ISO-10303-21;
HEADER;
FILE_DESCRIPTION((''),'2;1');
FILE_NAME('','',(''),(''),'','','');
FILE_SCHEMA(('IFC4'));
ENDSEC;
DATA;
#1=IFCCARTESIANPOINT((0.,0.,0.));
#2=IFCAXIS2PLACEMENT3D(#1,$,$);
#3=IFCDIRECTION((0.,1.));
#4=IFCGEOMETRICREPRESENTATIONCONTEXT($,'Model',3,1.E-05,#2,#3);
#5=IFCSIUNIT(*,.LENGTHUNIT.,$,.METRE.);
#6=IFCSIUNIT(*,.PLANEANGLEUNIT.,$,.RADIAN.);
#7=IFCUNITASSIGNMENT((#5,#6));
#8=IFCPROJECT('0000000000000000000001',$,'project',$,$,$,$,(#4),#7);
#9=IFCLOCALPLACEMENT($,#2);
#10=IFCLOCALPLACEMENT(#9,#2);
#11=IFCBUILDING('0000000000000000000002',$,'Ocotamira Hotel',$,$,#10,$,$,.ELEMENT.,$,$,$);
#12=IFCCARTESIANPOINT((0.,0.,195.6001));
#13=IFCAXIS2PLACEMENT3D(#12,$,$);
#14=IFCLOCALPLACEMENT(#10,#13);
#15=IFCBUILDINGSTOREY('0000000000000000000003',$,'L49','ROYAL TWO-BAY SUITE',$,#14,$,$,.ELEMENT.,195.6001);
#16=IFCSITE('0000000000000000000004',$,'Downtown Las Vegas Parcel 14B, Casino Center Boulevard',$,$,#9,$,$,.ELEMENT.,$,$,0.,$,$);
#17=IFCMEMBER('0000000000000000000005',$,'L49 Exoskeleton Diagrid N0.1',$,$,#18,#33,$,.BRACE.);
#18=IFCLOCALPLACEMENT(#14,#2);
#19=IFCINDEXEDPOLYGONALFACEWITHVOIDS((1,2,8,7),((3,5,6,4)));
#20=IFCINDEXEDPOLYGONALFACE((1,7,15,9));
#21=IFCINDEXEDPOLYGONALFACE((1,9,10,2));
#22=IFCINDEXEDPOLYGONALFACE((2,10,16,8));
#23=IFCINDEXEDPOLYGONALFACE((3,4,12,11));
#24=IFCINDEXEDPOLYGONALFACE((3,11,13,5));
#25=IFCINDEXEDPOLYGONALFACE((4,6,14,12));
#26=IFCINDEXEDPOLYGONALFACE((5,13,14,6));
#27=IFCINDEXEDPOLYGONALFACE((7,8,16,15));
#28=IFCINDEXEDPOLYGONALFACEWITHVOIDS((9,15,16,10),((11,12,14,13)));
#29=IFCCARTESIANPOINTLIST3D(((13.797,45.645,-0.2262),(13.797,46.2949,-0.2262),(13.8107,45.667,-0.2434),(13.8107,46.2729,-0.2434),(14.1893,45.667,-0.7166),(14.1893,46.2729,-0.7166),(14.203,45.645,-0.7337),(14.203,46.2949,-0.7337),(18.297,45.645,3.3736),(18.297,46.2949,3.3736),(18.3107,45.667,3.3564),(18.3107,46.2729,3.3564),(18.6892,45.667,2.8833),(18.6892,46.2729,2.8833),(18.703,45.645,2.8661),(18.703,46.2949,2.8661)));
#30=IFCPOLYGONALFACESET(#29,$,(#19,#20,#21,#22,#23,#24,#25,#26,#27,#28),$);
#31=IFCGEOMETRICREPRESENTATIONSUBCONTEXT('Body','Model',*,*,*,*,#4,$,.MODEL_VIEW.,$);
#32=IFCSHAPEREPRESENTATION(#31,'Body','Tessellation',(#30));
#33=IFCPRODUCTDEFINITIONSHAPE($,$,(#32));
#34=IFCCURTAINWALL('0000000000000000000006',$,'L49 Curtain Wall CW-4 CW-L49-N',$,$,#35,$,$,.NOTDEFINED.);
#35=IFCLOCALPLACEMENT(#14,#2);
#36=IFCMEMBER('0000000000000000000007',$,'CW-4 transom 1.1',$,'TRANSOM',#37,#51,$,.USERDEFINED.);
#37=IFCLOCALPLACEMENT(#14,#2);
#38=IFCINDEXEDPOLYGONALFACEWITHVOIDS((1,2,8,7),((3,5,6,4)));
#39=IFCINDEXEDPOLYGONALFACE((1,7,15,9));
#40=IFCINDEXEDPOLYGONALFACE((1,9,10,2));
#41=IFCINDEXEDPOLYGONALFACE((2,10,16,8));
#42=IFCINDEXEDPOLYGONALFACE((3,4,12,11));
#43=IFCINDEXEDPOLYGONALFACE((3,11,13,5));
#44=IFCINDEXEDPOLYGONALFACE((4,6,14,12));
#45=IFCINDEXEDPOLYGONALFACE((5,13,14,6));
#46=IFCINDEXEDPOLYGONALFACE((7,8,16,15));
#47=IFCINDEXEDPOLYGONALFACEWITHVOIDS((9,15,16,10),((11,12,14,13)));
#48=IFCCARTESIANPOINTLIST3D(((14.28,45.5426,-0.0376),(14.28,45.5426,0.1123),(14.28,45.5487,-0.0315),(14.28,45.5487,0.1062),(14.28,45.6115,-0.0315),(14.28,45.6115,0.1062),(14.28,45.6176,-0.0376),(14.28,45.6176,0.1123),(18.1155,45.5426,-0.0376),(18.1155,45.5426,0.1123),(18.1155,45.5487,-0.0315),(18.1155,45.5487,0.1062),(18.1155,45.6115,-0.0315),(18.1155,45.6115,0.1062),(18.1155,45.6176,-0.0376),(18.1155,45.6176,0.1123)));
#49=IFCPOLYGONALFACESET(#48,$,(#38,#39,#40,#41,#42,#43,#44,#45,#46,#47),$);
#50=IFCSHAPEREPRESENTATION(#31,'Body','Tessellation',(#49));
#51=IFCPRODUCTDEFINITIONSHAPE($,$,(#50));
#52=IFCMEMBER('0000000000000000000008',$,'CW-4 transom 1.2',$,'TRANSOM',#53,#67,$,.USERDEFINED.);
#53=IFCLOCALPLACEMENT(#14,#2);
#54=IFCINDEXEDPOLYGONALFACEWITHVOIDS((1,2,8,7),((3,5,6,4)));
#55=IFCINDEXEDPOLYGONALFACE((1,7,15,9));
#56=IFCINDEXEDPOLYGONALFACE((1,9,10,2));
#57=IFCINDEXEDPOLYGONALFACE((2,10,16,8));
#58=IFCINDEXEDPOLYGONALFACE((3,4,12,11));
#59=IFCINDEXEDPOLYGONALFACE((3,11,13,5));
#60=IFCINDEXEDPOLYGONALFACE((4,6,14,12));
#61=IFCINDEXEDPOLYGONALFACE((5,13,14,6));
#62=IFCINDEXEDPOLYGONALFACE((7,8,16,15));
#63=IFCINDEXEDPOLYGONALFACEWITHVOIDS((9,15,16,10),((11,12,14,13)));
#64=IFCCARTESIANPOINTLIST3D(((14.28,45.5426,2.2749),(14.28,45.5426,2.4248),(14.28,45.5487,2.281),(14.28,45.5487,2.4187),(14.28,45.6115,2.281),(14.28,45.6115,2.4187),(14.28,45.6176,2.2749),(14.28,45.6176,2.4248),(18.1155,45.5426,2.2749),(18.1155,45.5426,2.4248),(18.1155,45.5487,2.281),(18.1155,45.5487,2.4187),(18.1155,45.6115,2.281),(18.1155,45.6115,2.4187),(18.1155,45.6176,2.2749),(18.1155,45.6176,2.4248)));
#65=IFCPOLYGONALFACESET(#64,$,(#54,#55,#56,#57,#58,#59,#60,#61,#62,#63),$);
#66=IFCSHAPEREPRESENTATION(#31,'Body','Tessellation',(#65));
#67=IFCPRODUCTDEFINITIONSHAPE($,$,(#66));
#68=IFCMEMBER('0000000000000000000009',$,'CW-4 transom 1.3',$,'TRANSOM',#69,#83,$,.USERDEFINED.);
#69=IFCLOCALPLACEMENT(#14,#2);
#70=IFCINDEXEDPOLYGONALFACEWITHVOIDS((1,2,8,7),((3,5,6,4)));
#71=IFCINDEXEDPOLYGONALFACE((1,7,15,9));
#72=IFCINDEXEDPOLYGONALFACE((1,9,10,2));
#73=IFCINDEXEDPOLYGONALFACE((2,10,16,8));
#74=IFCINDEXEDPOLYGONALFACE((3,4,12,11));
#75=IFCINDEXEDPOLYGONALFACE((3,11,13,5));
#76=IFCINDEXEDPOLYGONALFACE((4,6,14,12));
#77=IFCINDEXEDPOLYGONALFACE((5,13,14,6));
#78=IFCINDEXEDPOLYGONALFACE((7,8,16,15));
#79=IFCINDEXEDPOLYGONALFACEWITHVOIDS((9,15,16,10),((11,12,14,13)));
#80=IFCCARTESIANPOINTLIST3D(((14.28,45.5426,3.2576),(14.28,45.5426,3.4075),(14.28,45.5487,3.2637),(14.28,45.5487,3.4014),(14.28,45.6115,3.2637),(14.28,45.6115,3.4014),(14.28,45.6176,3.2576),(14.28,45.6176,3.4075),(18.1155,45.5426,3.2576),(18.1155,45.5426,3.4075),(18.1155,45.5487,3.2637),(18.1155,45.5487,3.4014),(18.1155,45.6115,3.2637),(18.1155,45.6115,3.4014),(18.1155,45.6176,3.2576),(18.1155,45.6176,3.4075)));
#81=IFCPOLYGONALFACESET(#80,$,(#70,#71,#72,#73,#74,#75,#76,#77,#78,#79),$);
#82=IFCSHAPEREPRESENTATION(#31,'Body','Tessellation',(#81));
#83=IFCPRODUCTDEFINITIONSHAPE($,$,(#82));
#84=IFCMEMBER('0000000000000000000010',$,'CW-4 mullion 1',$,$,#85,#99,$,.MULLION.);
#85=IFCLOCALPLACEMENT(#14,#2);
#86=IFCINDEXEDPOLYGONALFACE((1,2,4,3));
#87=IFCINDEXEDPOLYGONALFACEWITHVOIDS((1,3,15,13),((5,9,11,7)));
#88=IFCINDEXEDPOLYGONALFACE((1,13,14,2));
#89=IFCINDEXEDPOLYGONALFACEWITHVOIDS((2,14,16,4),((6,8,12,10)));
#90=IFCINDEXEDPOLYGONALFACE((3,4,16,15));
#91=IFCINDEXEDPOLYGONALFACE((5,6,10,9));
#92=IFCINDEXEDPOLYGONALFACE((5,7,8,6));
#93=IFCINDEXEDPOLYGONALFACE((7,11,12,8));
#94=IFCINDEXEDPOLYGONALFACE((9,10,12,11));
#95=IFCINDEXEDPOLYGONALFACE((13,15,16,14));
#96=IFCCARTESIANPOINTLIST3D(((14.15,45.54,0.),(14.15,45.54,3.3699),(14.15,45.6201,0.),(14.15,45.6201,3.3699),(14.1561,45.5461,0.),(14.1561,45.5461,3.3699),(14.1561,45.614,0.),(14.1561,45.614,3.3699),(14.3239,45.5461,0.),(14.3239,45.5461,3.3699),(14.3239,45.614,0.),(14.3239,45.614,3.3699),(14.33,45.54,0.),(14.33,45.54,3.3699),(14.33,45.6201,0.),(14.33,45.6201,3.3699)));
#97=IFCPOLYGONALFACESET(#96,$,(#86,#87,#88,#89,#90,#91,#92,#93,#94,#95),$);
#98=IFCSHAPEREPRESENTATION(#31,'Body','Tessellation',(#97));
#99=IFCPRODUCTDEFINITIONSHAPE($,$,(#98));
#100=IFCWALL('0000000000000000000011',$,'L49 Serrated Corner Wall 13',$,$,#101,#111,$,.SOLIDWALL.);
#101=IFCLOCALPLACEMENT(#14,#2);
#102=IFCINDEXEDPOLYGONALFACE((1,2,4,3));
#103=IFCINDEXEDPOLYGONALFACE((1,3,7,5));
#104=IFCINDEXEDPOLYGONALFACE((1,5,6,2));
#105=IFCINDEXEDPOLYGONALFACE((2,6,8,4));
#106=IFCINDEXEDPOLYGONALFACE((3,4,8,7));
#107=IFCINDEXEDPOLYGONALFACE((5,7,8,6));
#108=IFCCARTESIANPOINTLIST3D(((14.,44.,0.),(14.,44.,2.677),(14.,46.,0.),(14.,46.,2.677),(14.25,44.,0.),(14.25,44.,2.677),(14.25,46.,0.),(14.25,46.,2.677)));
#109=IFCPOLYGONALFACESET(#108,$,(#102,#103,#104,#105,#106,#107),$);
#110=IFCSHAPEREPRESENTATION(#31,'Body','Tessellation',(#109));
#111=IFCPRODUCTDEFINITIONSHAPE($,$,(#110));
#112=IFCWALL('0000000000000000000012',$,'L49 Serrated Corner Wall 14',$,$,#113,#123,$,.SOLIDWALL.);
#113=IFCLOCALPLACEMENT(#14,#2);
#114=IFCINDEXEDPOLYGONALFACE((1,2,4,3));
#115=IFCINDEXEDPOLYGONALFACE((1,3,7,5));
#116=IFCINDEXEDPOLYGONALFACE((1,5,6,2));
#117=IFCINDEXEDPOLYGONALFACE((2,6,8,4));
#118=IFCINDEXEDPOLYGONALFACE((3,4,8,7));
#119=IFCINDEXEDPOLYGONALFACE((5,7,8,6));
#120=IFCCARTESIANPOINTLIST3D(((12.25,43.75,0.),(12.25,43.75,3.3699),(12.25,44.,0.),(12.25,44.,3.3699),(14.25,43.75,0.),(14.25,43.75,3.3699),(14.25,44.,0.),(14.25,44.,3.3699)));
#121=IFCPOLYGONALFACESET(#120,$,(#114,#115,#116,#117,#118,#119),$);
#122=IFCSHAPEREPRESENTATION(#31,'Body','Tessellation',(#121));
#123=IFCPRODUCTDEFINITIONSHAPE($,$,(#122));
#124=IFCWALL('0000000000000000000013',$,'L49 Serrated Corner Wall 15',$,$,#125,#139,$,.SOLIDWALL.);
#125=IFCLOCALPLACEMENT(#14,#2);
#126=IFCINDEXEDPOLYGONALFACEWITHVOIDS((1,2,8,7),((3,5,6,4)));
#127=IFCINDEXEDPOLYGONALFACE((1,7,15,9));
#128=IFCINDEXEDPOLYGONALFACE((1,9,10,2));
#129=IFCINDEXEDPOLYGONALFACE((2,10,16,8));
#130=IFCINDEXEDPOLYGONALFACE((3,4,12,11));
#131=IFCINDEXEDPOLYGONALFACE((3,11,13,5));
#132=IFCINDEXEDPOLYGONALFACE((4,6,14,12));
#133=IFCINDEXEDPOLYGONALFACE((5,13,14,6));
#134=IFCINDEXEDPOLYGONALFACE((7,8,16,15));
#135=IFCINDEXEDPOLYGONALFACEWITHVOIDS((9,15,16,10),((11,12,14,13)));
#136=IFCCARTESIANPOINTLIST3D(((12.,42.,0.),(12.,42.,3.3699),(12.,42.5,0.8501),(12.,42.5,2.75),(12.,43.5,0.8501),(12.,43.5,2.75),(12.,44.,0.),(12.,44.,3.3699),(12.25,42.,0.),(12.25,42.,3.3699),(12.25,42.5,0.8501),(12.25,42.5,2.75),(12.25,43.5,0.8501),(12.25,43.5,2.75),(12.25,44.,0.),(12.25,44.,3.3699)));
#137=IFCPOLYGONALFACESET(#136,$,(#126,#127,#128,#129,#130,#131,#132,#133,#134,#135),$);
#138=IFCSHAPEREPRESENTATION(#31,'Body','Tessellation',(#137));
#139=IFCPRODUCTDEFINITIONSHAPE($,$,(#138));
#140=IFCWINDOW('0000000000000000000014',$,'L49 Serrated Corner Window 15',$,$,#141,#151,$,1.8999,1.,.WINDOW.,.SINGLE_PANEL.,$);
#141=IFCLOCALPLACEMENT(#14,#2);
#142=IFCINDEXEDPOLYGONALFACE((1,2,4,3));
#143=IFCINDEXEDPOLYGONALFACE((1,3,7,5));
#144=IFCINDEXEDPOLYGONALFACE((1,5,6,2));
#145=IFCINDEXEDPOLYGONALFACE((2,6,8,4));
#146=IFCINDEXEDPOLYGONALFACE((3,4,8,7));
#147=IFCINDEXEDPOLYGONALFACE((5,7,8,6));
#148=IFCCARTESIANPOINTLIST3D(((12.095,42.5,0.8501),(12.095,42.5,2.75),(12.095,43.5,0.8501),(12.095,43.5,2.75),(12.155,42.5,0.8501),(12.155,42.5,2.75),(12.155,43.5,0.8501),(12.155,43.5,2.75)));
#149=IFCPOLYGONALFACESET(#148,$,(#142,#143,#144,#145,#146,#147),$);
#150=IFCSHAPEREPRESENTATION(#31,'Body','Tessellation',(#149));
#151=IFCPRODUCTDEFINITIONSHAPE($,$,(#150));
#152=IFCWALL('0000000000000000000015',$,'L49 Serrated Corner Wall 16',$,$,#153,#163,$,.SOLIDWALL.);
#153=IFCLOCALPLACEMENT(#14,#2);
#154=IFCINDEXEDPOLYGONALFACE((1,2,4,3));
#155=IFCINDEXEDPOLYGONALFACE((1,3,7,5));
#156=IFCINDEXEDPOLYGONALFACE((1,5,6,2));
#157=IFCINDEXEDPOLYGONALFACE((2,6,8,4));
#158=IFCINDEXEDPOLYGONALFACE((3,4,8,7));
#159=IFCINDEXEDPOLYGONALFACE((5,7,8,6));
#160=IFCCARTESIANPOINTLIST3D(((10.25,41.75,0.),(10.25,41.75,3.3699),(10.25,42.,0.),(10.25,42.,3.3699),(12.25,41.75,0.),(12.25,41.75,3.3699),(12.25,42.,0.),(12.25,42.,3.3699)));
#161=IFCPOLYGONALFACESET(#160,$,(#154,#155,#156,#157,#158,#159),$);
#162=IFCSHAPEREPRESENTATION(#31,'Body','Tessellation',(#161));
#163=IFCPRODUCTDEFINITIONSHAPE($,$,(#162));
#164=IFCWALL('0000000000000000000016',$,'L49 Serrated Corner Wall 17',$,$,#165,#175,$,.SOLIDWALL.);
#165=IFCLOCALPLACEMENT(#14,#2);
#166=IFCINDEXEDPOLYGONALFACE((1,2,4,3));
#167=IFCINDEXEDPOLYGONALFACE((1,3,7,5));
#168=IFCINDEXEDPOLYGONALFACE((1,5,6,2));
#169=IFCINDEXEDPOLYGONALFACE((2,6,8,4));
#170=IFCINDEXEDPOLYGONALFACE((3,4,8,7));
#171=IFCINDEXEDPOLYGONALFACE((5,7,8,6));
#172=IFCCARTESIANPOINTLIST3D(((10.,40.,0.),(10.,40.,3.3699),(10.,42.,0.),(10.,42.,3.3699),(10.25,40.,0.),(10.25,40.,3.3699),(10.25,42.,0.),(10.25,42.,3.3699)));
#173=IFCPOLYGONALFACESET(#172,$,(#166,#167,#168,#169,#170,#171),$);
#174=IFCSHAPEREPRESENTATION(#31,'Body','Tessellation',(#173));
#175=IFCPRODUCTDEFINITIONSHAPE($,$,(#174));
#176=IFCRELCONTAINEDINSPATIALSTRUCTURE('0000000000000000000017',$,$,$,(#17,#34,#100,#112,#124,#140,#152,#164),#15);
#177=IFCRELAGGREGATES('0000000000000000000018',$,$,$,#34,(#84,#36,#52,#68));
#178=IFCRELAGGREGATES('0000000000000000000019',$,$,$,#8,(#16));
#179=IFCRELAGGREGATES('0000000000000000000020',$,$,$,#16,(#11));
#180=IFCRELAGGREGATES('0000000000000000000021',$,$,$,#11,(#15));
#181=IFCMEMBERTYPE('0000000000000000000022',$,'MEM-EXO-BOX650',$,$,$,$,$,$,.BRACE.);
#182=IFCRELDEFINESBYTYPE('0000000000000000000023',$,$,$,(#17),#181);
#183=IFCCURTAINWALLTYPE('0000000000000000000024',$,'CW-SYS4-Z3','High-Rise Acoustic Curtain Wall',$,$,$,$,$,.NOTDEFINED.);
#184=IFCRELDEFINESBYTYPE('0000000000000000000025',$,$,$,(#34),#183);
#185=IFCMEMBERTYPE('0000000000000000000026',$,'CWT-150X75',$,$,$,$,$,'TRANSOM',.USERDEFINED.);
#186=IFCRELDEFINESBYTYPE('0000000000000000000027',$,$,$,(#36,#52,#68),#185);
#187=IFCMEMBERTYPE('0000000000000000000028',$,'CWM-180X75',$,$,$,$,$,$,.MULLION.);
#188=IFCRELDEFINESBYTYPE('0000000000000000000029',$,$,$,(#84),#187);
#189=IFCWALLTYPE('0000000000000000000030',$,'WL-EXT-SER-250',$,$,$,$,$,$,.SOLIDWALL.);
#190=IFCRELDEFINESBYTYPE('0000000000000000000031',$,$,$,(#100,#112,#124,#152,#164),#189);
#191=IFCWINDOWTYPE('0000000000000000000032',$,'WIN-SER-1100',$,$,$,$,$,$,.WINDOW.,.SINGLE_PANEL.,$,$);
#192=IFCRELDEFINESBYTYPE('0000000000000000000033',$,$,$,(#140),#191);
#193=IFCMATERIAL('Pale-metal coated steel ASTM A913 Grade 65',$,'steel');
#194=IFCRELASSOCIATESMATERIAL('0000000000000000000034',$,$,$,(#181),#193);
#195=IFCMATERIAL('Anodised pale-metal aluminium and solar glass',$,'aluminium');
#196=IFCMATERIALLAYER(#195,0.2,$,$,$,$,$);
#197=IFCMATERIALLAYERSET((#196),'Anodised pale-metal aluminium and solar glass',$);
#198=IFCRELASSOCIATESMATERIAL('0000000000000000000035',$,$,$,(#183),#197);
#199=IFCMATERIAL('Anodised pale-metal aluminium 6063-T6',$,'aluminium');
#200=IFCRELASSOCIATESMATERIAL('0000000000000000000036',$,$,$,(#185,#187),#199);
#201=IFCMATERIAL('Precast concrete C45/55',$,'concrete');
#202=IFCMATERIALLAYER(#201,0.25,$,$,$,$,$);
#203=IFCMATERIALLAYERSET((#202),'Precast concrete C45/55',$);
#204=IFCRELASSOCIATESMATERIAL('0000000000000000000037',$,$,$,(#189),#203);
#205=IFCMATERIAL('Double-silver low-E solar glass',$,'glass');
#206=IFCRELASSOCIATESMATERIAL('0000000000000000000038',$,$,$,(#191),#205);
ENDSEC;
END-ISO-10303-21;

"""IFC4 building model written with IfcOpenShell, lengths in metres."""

from ifc_helpers import new_model, si_unit, direction, frame, frame_2d, origin, origin_2d, place, context, subcontext, project, spatial, rectangle, hollow_rectangle, extrude, source, transform, mapped, material, layer, layer_set, material_profile, profile_set, type_object, element, fill, aggregate, save


model = new_model("IFC4")

# Units and contexts
model_context = context("Model", 3, precision=1e-05, world=origin(), true_north=direction((0.0, 1.0)))
body_context = subcontext(model_context, "Body", "Model", "MODEL_VIEW")
ifc_project = project(units=[si_unit("LENGTHUNIT", "METRE"), si_unit("PLANEANGLEUNIT", "RADIAN")], contexts=[model_context])

# Site, building, storey
site_placement = place(None, origin())
site = spatial("IfcSite", under=ifc_project, at=site_placement, Name="Downtown Las Vegas Parcel 14B, Casino Center Boulevard", CompositionType="ELEMENT", RefElevation=0.0)
building_placement = place(site_placement, origin())
building = spatial("IfcBuilding", under=site, at=building_placement, Name="Ocotamira Hotel", CompositionType="ELEMENT")
storey_placement = place(building_placement, frame((0.0, 0.0, 195.6001)))
storey = spatial("IfcBuildingStorey", under=building, at=storey_placement, Name="L49", Description="ROYAL TWO-BAY SUITE", CompositionType="ELEMENT", Elevation=195.6001)

# Member
ifc_material_1 = material(Name="Pale-metal coated steel ASTM A913 Grade 65", Category="steel")
ifc_material_profile_1 = material_profile(ifc_material_1, hollow_rectangle(XDim=0.6499, YDim=0.6499, WallThickness=0.022, at=origin_2d()), Name="BOX650X650X22")
ifc_profile_set_1 = profile_set([ifc_material_profile_1], Name="Pale-metal coated steel ASTM A913 Grade 65")
member_type_1 = type_object("IfcMemberType", Name="MEM-EXO-BOX650", PredefinedType="BRACE", material=ifc_profile_set_1)
shared_shape_1 = source(origin(), body_context, "Body", "SweptSolid", [
    extrude(hollow_rectangle(XDim=0.6499, YDim=0.6499, WallThickness=0.022, at=origin_2d()), origin(), (0.0, 0.0, 1.0), 5.7627),
])
member_1_placement = place(storey_placement, frame((14.0, 45.97, -0.48), z_axis=(0.780881, 0.0, 0.62468), x_axis=(0.0, 1.0, 0.0)))
element("IfcMember", 1, at=member_1_placement, inside=storey, type_object=member_type_1, Name="L49 Exoskeleton Diagrid N0.1", PredefinedType="BRACE", context=body_context, shape_type="MappedRepresentation", body=[
    mapped(shared_shape_1, transform((0.0, 0.0, 0.0), scale=1.0)),
])

# Curtain wall, members
ifc_material_2 = material(Name="Anodised pale-metal aluminium and solar glass", Category="aluminium")
ifc_layer_1 = layer(ifc_material_2, 0.2)
ifc_layer_set_1 = layer_set([ifc_layer_1], Name="Anodised pale-metal aluminium and solar glass")
curtain_wall_type = type_object("IfcCurtainWallType", Name="CW-SYS4-Z3", Description="High-Rise Acoustic Curtain Wall", PredefinedType="NOTDEFINED", material=ifc_layer_set_1)
curtain_wall_placement = place(storey_placement, origin())
curtain_wall = element("IfcCurtainWall", 2, at=curtain_wall_placement, inside=storey, type_object=curtain_wall_type, Name="L49 Curtain Wall CW-4 CW-L49-N", PredefinedType="NOTDEFINED")
ifc_material_3 = material(Name="Anodised pale-metal aluminium 6063-T6", Category="aluminium")
ifc_material_profile_2 = material_profile(ifc_material_3, hollow_rectangle(XDim=0.075, YDim=0.1499, WallThickness=0.0061, at=origin_2d()), Name="HSS150X75X6")
ifc_profile_set_2 = profile_set([ifc_material_profile_2], Name="Anodised pale-metal aluminium 6063-T6")
member_type_2 = type_object("IfcMemberType", Name="CWT-150X75", ElementType="TRANSOM", PredefinedType="USERDEFINED", material=ifc_profile_set_2)
shared_shape_2 = source(origin(), body_context, "Body", "SweptSolid", [
    extrude(hollow_rectangle(XDim=0.075, YDim=0.1499, WallThickness=0.0061, at=origin_2d()), origin(), (0.0, 0.0, 1.0), 3.8354),
])
member_2_placement = place(storey_placement, frame((14.28, 45.5801, 0.0374), z_axis=(1.0, 0.0, 0.0), x_axis=(0.0, 1.0, 0.0)))
member_2 = element("IfcMember", 3, at=member_2_placement, type_object=member_type_2, Name="CW-4 transom 1.1", ObjectType="TRANSOM", PredefinedType="USERDEFINED", context=body_context, shape_type="MappedRepresentation", body=[
    mapped(shared_shape_2, transform((0.0, 0.0, 0.0), scale=1.0)),
])
member_3_placement = place(storey_placement, frame((14.28, 45.5801, 2.3499), z_axis=(1.0, 0.0, 0.0), x_axis=(0.0, 1.0, 0.0)))
member_3 = element("IfcMember", 4, at=member_3_placement, type_object=member_type_2, Name="CW-4 transom 1.2", ObjectType="TRANSOM", PredefinedType="USERDEFINED", context=body_context, shape_type="MappedRepresentation", body=[
    mapped(shared_shape_2, transform((0.0, 0.0, 0.0), scale=1.0)),
])
member_4_placement = place(storey_placement, frame((14.28, 45.5801, 3.3325), z_axis=(1.0, 0.0, 0.0), x_axis=(0.0, 1.0, 0.0)))
member_4 = element("IfcMember", 5, at=member_4_placement, type_object=member_type_2, Name="CW-4 transom 1.3", ObjectType="TRANSOM", PredefinedType="USERDEFINED", context=body_context, shape_type="MappedRepresentation", body=[
    mapped(shared_shape_2, transform((0.0, 0.0, 0.0), scale=1.0)),
])
ifc_material_profile_3 = material_profile(ifc_material_3, hollow_rectangle(XDim=0.0801, YDim=0.1799, WallThickness=0.0061, at=origin_2d()), Name="HSS180X80X6")
ifc_profile_set_3 = profile_set([ifc_material_profile_3], Name="Anodised pale-metal aluminium 6063-T6")
member_type_3 = type_object("IfcMemberType", Name="CWM-180X75", PredefinedType="MULLION", material=ifc_profile_set_3)
shared_shape_3 = source(origin(), body_context, "Body", "SweptSolid", [
    extrude(hollow_rectangle(XDim=0.0801, YDim=0.1799, WallThickness=0.0061, at=origin_2d()), origin(), (0.0, 0.0, 1.0), 3.3699),
])
member_5_placement = place(storey_placement, frame((14.24, 45.5801, 0.0), z_axis=(0.0, 0.0, 1.0), x_axis=(0.0, 1.0, 0.0)))
member_5 = element("IfcMember", 6, at=member_5_placement, type_object=member_type_3, Name="CW-4 mullion 1", PredefinedType="MULLION", context=body_context, shape_type="MappedRepresentation", body=[
    mapped(shared_shape_3, transform((0.0, 0.0, 0.0), scale=1.0)),
])
aggregate(curtain_wall, [member_5, member_2, member_3, member_4])

# Walls
ifc_material_4 = material(Name="Precast concrete C45/55", Category="concrete")
ifc_layer_2 = layer(ifc_material_4, 0.25)
ifc_layer_set_2 = layer_set([ifc_layer_2], Name="Precast concrete C45/55")
wall_type_1 = type_object("IfcWallType", Name="WL-EXT-SER-250", PredefinedType="SOLIDWALL", material=ifc_layer_set_2)
wall_1_placement = place(storey_placement, frame((14.125, 46.0, 0.0), z_axis=(0.0, 0.0, 1.0), x_axis=(0.0, -1.0, 0.0)))
element("IfcWall", 7, at=wall_1_placement, inside=storey, type_object=wall_type_1, Name="L49 Serrated Corner Wall 13", PredefinedType="SOLIDWALL", context=body_context, shape_type="SweptSolid", body=[
    extrude(rectangle(XDim=2.0, YDim=0.25, at=frame_2d((1.0, 0.0))), origin(), (0.0, 0.0, 1.0), 2.677),
])
wall_2_placement = place(storey_placement, frame((14.25, 43.875, 0.0), z_axis=(0.0, 0.0, 1.0), x_axis=(-1.0, 0.0, 0.0)))
element("IfcWall", 8, at=wall_2_placement, inside=storey, type_object=wall_type_1, Name="L49 Serrated Corner Wall 14", PredefinedType="SOLIDWALL", context=body_context, shape_type="SweptSolid", body=[
    extrude(rectangle(XDim=2.0, YDim=0.25, at=frame_2d((1.0, 0.0))), origin(), (0.0, 0.0, 1.0), 3.3699),
])

# Wall, opening, window
wall_3_placement = place(storey_placement, frame((12.125, 44.0, 0.0), z_axis=(0.0, 0.0, 1.0), x_axis=(0.0, -1.0, 0.0)))
wall_3 = element("IfcWall", 9, at=wall_3_placement, inside=storey, type_object=wall_type_1, Name="L49 Serrated Corner Wall 15", PredefinedType="SOLIDWALL", context=body_context, shape_type="SweptSolid", body=[
    extrude(rectangle(XDim=2.0, YDim=0.25, at=frame_2d((1.0, 0.0))), origin(), (0.0, 0.0, 1.0), 3.3699),
])
opening_placement = place(wall_3_placement, frame((0.5, 0.0, 0.8501)))
opening = element("IfcOpeningElement", 10, at=opening_placement, cuts=wall_3, PredefinedType="OPENING", context=body_context, shape_type="SweptSolid", body=[
    extrude(rectangle(XDim=1.0, YDim=1.8999, at=frame_2d((0.5, 0.95))), frame((0.0, 0.135, 0.0), z_axis=(0.0, -1.0, 0.0), x_axis=(1.0, 0.0, 0.0)), (0.0, 0.0, 1.0), 0.27),
])
ifc_material_5 = material(Name="Double-silver low-E solar glass", Category="glass")
window_type = type_object("IfcWindowType", Name="WIN-SER-1100", PartitioningType="SINGLE_PANEL", PredefinedType="WINDOW", material=ifc_material_5)
shared_shape_4 = source(origin(), body_context, "Body", "SweptSolid", [
    extrude(rectangle(XDim=1.0, YDim=1.8999, at=frame_2d((0.5, 0.95))), frame((0.0, 0.03, 0.0), z_axis=(0.0, -1.0, 0.0), x_axis=(1.0, 0.0, 0.0)), (0.0, 0.0, 1.0), 0.0601),
])
window_placement = place(opening_placement, origin())
window = element("IfcWindow", 11, at=window_placement, inside=storey, type_object=window_type, Name="L49 Serrated Corner Window 15", OverallHeight=1.8999, OverallWidth=1.0, PartitioningType="SINGLE_PANEL", PredefinedType="WINDOW", context=body_context, shape_type="MappedRepresentation", body=[
    mapped(shared_shape_4, transform((0.0, 0.0, 0.0), scale=1.0)),
])
fill(opening, window)

# Walls
for number, where, z_axis, x_axis, name in (
    (12, (12.25, 41.875, 0.0), (0.0, 0.0, 1.0), (-1.0, 0.0, 0.0), "L49 Serrated Corner Wall 16"),
    (13, (10.125, 42.0, 0.0), (0.0, 0.0, 1.0), (0.0, -1.0, 0.0), "L49 Serrated Corner Wall 17"),
):
    element("IfcWall", number, at=place(storey_placement, frame(where, z_axis=z_axis, x_axis=x_axis)), inside=storey, type_object=wall_type_1, Name=name, PredefinedType="SOLIDWALL", context=body_context, shape_type="SweptSolid", body=[
        extrude(rectangle(XDim=2.0, YDim=0.25, at=frame_2d((1.0, 0.0))), origin(), (0.0, 0.0, 1.0), 3.3699),
    ])

save(model, "model.ifc")
